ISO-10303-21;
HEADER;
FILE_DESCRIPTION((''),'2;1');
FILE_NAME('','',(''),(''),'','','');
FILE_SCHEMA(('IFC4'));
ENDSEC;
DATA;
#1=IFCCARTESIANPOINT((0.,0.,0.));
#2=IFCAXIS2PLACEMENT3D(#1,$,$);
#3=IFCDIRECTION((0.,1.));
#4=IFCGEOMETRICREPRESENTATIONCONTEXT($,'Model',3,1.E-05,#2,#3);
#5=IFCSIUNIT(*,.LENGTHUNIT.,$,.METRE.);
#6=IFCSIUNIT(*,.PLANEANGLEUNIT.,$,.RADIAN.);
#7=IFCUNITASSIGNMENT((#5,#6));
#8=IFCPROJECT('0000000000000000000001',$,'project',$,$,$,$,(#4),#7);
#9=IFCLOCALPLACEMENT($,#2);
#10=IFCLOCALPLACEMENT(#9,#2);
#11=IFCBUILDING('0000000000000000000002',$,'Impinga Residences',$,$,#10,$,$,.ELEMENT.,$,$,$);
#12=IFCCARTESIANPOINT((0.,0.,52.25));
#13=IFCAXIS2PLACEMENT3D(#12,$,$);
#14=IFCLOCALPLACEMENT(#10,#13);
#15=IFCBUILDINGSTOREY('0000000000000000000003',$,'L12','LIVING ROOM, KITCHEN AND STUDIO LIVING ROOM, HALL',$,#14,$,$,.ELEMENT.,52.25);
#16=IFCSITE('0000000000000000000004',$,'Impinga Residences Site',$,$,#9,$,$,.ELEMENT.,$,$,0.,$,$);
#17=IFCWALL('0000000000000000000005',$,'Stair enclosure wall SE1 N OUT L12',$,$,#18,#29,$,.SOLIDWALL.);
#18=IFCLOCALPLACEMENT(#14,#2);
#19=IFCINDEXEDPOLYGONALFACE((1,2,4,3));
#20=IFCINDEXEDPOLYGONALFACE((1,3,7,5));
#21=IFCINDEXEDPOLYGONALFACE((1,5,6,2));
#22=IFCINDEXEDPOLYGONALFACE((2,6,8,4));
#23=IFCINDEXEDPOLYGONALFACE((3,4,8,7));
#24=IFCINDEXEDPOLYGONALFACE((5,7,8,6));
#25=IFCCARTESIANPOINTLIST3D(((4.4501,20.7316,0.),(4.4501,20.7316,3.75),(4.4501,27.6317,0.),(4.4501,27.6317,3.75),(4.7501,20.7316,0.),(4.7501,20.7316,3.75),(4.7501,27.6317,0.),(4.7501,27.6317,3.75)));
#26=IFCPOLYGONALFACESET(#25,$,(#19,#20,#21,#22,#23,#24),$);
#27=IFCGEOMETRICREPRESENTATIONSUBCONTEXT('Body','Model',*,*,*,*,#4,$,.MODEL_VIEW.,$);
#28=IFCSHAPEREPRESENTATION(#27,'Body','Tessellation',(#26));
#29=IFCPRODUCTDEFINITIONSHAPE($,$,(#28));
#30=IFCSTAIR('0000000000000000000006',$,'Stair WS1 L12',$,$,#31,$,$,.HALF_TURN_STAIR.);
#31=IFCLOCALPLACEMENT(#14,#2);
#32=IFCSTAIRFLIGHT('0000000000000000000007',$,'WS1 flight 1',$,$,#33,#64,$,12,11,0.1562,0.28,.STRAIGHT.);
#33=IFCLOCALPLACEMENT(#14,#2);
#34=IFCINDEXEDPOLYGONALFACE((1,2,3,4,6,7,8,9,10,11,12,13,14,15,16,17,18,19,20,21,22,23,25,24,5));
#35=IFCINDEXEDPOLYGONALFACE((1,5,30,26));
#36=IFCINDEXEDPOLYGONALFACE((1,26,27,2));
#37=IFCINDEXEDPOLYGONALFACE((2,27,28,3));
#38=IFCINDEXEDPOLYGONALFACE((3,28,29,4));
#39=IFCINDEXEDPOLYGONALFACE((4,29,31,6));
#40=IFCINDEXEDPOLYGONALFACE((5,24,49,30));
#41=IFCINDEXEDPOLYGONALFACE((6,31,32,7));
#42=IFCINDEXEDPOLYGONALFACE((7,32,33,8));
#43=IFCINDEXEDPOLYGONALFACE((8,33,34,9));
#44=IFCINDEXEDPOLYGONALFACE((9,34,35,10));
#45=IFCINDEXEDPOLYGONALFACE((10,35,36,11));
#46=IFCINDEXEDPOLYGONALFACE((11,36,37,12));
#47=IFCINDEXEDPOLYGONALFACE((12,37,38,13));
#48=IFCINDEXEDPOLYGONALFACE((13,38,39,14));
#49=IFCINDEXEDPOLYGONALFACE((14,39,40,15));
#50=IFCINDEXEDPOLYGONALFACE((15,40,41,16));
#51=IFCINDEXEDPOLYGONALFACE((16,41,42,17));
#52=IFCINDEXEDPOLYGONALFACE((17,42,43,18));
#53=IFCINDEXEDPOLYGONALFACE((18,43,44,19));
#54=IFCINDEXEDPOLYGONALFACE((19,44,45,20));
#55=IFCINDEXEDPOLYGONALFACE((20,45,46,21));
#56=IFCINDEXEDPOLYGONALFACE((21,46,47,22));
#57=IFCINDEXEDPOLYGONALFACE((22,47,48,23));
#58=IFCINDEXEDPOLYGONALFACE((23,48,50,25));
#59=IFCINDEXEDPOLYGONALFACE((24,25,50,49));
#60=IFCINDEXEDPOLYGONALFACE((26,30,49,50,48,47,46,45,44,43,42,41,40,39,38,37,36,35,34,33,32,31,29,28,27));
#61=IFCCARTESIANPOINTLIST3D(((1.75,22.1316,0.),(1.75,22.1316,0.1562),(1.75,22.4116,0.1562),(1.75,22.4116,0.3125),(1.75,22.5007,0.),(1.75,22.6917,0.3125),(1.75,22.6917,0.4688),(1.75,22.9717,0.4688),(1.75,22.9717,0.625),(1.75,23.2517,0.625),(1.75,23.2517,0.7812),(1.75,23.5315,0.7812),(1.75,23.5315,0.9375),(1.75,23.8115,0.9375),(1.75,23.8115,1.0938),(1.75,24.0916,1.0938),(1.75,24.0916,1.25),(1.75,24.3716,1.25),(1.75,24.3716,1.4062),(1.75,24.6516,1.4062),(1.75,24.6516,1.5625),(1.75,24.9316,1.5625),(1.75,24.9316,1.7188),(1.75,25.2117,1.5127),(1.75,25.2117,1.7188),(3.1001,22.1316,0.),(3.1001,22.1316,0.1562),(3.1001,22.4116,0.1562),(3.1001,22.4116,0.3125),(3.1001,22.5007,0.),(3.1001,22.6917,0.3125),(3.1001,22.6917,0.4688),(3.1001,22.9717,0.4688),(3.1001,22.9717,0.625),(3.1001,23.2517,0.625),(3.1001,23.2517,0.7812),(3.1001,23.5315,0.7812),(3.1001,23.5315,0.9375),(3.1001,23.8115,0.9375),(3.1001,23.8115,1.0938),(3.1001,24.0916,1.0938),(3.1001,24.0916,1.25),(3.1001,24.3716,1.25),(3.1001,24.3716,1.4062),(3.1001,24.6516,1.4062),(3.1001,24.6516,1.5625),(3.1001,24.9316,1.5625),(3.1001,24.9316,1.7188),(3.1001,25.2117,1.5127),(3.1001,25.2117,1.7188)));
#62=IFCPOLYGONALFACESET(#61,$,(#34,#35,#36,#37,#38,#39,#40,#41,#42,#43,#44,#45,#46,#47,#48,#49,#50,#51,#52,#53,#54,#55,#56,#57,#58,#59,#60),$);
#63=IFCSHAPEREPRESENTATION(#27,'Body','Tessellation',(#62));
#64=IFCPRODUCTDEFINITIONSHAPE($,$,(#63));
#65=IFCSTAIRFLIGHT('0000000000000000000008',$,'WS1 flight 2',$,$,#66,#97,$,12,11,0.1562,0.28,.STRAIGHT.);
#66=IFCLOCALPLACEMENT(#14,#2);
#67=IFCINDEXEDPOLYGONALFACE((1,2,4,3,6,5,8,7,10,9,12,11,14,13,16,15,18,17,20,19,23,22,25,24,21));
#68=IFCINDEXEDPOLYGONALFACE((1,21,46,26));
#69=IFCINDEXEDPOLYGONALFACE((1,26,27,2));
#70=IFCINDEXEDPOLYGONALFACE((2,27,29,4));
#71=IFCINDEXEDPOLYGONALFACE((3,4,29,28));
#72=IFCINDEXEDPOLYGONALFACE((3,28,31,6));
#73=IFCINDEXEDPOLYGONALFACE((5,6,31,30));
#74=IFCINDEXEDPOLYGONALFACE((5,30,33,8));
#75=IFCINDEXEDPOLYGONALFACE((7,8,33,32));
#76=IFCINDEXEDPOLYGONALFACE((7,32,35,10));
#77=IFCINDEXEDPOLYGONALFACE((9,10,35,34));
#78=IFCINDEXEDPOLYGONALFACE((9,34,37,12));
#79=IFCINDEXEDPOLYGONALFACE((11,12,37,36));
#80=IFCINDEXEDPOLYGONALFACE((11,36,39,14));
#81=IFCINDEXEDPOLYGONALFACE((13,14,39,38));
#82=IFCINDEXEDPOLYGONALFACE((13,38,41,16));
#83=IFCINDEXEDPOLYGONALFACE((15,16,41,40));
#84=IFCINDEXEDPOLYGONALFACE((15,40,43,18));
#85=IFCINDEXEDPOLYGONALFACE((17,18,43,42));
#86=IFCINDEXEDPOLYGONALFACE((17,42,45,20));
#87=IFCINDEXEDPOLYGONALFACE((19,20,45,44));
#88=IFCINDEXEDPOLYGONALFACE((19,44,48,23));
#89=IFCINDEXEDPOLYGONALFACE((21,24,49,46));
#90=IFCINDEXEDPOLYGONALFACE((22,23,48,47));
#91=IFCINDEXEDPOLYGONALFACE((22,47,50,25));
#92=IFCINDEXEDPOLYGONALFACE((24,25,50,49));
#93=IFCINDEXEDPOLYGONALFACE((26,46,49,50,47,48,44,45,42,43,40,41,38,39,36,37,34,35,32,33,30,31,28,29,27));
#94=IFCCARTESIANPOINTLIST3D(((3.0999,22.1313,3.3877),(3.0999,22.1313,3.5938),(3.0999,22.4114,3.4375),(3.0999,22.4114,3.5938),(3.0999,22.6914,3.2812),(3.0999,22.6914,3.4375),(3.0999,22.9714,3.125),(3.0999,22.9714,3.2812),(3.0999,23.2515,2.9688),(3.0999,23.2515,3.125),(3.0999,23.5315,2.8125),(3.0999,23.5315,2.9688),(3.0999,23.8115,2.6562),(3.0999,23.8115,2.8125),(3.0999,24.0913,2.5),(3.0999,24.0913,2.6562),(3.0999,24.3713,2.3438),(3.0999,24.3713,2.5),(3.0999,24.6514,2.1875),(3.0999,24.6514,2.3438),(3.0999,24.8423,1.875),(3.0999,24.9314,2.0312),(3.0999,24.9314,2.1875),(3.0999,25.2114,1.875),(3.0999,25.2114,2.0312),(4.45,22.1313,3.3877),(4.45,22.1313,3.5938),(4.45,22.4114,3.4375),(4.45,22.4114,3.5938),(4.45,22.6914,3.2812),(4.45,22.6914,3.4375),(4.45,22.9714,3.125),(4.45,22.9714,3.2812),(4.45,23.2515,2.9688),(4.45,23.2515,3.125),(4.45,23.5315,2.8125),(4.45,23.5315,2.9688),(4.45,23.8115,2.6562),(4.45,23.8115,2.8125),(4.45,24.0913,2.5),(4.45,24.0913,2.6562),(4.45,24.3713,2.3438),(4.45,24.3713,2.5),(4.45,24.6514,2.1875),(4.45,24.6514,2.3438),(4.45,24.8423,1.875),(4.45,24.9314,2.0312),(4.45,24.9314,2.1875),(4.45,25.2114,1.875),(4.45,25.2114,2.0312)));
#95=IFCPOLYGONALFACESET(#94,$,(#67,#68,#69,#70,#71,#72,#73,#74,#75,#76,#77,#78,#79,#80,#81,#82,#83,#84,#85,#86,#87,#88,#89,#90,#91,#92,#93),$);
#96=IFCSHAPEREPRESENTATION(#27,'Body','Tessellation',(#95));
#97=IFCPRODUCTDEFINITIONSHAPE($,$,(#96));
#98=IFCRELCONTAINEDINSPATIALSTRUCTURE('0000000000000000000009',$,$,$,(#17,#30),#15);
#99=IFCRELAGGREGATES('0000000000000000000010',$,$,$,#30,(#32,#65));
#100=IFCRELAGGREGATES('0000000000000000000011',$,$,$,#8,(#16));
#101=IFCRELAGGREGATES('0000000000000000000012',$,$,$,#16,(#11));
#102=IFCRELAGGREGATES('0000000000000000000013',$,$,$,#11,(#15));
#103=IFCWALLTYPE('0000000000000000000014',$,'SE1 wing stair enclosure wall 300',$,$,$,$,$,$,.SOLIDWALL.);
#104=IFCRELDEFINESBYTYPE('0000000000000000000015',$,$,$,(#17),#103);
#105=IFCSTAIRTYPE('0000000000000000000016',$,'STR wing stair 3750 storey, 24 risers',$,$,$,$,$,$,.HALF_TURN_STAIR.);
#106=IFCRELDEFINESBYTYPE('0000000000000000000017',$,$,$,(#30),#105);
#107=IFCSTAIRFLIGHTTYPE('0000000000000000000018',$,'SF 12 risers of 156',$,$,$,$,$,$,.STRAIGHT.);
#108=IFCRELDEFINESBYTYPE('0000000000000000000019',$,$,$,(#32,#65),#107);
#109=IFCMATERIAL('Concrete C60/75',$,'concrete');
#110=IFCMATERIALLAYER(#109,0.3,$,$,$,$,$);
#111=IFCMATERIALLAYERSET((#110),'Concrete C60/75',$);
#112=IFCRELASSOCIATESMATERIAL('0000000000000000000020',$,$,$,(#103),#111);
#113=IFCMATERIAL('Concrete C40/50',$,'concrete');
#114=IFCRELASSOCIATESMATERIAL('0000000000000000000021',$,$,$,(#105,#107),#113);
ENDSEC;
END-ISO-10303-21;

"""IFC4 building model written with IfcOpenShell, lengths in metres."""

from ifc_helpers import new_model, si_unit, direction, frame, frame_2d, origin, place, context, subcontext, project, spatial, polyline, rectangle, outline, extrude, material, layer, layer_set, type_object, element, aggregate, save


model = new_model("IFC4")

# Units and contexts
model_context = context("Model", 3, precision=1e-05, world=origin(), true_north=direction((0.0, 1.0)))
body_context = subcontext(model_context, "Body", "Model", "MODEL_VIEW")
ifc_project = project(units=[si_unit("LENGTHUNIT", "METRE"), si_unit("PLANEANGLEUNIT", "RADIAN")], contexts=[model_context])

# Site, building, storey
site_placement = place(None, origin())
site = spatial("IfcSite", under=ifc_project, at=site_placement, Name="Impinga Residences Site", CompositionType="ELEMENT", RefElevation=0.0)
building_placement = place(site_placement, origin())
building = spatial("IfcBuilding", under=site, at=building_placement, Name="Impinga Residences", CompositionType="ELEMENT")
storey_placement = place(building_placement, frame((0.0, 0.0, 52.25)))
storey = spatial("IfcBuildingStorey", under=building, at=storey_placement, Name="L12", Description="LIVING ROOM, KITCHEN AND STUDIO LIVING ROOM, HALL", CompositionType="ELEMENT", Elevation=52.25)

# Shared definitions
ifc_material_1 = material(Name="Concrete C60/75", Category="concrete")

# Wall
ifc_layer_1 = layer(ifc_material_1, 0.3)
ifc_layer_set_1 = layer_set([ifc_layer_1], Name="Concrete C60/75")
wall_type_1 = type_object("IfcWallType", Name="SE1 wing stair enclosure wall 300", PredefinedType="SOLIDWALL", material=ifc_layer_set_1)
wall_1_placement = place(storey_placement, frame((4.6001, 20.7314, 0.0), z_axis=(0.0, 0.0, 1.0), x_axis=(0.0, 1.0, 0.0)))
element("IfcWall", 1, at=wall_1_placement, inside=storey, type_object=wall_type_1, Name="Stair enclosure wall SE1 N OUT L12", PredefinedType="SOLIDWALL", context=body_context, shape_type="SweptSolid", body=[
    extrude(rectangle(XDim=6.9001, YDim=0.3, at=frame_2d((3.4502, 0.0))), origin(), (0.0, 0.0, 1.0), 3.75),
])

# Stair, stair flights
ifc_material_2 = material(Name="Concrete C40/50", Category="concrete")
stair_type = type_object("IfcStairType", Name="STR wing stair 3750 storey, 24 risers", PredefinedType="HALF_TURN_STAIR", material=ifc_material_2)
stair_placement = place(storey_placement, origin())
stair = element("IfcStair", 2, at=stair_placement, inside=storey, type_object=stair_type, Name="Stair WS1 L12", PredefinedType="HALF_TURN_STAIR")
stair_flight_type = type_object("IfcStairFlightType", Name="SF 12 risers of 156", PredefinedType="STRAIGHT", material=ifc_material_2)
stair_flight_1_placement = place(storey_placement, frame((2.425, 22.1316, 0.0), z_axis=(0.0, 0.0, 1.0), x_axis=(0.0, 1.0, 0.0)))
stair_flight_1 = element("IfcStairFlight", 3, at=stair_flight_1_placement, type_object=stair_flight_type, Name="WS1 flight 1", NumberOfRisers=12, NumberOfTreads=11, PredefinedType="STRAIGHT", RiserHeight=0.1562, TreadLength=0.28, context=body_context, shape_type="SweptSolid", body=[
    extrude(outline(polyline([(0.0, 0.0), (0.0, 0.1562), (0.28, 0.1562), (0.28, 0.3125), (0.5601, 0.3125), (0.5601, 0.4688), (0.8401, 0.4688), (0.8401, 0.625), (1.1201, 0.625), (1.1201, 0.7812), (1.3999, 0.7812), (1.3999, 0.9375), (1.6799, 0.9375), (1.6799, 1.0938), (1.96, 1.0938), (1.96, 1.25), (2.24, 1.25), (2.24, 1.4062), (2.52, 1.4062), (2.52, 1.5625), (2.8, 1.5625), (2.8, 1.7188), (3.0801, 1.7188), (3.0801, 1.875), (3.0801, 1.5127), (0.3691, 0.0), (0.0, 0.0)])), frame((0.0, 0.675, 0.0), z_axis=(0.0, -1.0, 0.0), x_axis=(1.0, 0.0, 0.0)), (0.0, 0.0, 1.0), 1.3501),
])
stair_flight_2_placement = place(storey_placement, frame((3.7749, 25.2114, 1.875), z_axis=(0.0, 0.0, 1.0), x_axis=(0.0, -1.0, 0.0)))
stair_flight_2 = element("IfcStairFlight", 4, at=stair_flight_2_placement, type_object=stair_flight_type, Name="WS1 flight 2", NumberOfRisers=12, NumberOfTreads=11, PredefinedType="STRAIGHT", RiserHeight=0.1562, TreadLength=0.28, context=body_context, shape_type="SweptSolid", body=[
    extrude(outline(polyline([(0.0, 0.0), (0.0, 0.1562), (0.28, 0.1562), (0.28, 0.3125), (0.5601, 0.3125), (0.5601, 0.4688), (0.8401, 0.4688), (0.8401, 0.625), (1.1201, 0.625), (1.1201, 0.7812), (1.3999, 0.7812), (1.3999, 0.9375), (1.6799, 0.9375), (1.6799, 1.0938), (1.96, 1.0938), (1.96, 1.25), (2.24, 1.25), (2.24, 1.4062), (2.52, 1.4062), (2.52, 1.5625), (2.8, 1.5625), (2.8, 1.7188), (3.0801, 1.7188), (3.0801, 1.875), (3.0801, 1.5127), (0.3691, 0.0), (0.0, 0.0)])), frame((0.0, 0.675, 0.0), z_axis=(0.0, -1.0, 0.0), x_axis=(1.0, 0.0, 0.0)), (0.0, 0.0, 1.0), 1.3501),
])
aggregate(stair, [stair_flight_1, stair_flight_2])

save(model, "model.ifc")
